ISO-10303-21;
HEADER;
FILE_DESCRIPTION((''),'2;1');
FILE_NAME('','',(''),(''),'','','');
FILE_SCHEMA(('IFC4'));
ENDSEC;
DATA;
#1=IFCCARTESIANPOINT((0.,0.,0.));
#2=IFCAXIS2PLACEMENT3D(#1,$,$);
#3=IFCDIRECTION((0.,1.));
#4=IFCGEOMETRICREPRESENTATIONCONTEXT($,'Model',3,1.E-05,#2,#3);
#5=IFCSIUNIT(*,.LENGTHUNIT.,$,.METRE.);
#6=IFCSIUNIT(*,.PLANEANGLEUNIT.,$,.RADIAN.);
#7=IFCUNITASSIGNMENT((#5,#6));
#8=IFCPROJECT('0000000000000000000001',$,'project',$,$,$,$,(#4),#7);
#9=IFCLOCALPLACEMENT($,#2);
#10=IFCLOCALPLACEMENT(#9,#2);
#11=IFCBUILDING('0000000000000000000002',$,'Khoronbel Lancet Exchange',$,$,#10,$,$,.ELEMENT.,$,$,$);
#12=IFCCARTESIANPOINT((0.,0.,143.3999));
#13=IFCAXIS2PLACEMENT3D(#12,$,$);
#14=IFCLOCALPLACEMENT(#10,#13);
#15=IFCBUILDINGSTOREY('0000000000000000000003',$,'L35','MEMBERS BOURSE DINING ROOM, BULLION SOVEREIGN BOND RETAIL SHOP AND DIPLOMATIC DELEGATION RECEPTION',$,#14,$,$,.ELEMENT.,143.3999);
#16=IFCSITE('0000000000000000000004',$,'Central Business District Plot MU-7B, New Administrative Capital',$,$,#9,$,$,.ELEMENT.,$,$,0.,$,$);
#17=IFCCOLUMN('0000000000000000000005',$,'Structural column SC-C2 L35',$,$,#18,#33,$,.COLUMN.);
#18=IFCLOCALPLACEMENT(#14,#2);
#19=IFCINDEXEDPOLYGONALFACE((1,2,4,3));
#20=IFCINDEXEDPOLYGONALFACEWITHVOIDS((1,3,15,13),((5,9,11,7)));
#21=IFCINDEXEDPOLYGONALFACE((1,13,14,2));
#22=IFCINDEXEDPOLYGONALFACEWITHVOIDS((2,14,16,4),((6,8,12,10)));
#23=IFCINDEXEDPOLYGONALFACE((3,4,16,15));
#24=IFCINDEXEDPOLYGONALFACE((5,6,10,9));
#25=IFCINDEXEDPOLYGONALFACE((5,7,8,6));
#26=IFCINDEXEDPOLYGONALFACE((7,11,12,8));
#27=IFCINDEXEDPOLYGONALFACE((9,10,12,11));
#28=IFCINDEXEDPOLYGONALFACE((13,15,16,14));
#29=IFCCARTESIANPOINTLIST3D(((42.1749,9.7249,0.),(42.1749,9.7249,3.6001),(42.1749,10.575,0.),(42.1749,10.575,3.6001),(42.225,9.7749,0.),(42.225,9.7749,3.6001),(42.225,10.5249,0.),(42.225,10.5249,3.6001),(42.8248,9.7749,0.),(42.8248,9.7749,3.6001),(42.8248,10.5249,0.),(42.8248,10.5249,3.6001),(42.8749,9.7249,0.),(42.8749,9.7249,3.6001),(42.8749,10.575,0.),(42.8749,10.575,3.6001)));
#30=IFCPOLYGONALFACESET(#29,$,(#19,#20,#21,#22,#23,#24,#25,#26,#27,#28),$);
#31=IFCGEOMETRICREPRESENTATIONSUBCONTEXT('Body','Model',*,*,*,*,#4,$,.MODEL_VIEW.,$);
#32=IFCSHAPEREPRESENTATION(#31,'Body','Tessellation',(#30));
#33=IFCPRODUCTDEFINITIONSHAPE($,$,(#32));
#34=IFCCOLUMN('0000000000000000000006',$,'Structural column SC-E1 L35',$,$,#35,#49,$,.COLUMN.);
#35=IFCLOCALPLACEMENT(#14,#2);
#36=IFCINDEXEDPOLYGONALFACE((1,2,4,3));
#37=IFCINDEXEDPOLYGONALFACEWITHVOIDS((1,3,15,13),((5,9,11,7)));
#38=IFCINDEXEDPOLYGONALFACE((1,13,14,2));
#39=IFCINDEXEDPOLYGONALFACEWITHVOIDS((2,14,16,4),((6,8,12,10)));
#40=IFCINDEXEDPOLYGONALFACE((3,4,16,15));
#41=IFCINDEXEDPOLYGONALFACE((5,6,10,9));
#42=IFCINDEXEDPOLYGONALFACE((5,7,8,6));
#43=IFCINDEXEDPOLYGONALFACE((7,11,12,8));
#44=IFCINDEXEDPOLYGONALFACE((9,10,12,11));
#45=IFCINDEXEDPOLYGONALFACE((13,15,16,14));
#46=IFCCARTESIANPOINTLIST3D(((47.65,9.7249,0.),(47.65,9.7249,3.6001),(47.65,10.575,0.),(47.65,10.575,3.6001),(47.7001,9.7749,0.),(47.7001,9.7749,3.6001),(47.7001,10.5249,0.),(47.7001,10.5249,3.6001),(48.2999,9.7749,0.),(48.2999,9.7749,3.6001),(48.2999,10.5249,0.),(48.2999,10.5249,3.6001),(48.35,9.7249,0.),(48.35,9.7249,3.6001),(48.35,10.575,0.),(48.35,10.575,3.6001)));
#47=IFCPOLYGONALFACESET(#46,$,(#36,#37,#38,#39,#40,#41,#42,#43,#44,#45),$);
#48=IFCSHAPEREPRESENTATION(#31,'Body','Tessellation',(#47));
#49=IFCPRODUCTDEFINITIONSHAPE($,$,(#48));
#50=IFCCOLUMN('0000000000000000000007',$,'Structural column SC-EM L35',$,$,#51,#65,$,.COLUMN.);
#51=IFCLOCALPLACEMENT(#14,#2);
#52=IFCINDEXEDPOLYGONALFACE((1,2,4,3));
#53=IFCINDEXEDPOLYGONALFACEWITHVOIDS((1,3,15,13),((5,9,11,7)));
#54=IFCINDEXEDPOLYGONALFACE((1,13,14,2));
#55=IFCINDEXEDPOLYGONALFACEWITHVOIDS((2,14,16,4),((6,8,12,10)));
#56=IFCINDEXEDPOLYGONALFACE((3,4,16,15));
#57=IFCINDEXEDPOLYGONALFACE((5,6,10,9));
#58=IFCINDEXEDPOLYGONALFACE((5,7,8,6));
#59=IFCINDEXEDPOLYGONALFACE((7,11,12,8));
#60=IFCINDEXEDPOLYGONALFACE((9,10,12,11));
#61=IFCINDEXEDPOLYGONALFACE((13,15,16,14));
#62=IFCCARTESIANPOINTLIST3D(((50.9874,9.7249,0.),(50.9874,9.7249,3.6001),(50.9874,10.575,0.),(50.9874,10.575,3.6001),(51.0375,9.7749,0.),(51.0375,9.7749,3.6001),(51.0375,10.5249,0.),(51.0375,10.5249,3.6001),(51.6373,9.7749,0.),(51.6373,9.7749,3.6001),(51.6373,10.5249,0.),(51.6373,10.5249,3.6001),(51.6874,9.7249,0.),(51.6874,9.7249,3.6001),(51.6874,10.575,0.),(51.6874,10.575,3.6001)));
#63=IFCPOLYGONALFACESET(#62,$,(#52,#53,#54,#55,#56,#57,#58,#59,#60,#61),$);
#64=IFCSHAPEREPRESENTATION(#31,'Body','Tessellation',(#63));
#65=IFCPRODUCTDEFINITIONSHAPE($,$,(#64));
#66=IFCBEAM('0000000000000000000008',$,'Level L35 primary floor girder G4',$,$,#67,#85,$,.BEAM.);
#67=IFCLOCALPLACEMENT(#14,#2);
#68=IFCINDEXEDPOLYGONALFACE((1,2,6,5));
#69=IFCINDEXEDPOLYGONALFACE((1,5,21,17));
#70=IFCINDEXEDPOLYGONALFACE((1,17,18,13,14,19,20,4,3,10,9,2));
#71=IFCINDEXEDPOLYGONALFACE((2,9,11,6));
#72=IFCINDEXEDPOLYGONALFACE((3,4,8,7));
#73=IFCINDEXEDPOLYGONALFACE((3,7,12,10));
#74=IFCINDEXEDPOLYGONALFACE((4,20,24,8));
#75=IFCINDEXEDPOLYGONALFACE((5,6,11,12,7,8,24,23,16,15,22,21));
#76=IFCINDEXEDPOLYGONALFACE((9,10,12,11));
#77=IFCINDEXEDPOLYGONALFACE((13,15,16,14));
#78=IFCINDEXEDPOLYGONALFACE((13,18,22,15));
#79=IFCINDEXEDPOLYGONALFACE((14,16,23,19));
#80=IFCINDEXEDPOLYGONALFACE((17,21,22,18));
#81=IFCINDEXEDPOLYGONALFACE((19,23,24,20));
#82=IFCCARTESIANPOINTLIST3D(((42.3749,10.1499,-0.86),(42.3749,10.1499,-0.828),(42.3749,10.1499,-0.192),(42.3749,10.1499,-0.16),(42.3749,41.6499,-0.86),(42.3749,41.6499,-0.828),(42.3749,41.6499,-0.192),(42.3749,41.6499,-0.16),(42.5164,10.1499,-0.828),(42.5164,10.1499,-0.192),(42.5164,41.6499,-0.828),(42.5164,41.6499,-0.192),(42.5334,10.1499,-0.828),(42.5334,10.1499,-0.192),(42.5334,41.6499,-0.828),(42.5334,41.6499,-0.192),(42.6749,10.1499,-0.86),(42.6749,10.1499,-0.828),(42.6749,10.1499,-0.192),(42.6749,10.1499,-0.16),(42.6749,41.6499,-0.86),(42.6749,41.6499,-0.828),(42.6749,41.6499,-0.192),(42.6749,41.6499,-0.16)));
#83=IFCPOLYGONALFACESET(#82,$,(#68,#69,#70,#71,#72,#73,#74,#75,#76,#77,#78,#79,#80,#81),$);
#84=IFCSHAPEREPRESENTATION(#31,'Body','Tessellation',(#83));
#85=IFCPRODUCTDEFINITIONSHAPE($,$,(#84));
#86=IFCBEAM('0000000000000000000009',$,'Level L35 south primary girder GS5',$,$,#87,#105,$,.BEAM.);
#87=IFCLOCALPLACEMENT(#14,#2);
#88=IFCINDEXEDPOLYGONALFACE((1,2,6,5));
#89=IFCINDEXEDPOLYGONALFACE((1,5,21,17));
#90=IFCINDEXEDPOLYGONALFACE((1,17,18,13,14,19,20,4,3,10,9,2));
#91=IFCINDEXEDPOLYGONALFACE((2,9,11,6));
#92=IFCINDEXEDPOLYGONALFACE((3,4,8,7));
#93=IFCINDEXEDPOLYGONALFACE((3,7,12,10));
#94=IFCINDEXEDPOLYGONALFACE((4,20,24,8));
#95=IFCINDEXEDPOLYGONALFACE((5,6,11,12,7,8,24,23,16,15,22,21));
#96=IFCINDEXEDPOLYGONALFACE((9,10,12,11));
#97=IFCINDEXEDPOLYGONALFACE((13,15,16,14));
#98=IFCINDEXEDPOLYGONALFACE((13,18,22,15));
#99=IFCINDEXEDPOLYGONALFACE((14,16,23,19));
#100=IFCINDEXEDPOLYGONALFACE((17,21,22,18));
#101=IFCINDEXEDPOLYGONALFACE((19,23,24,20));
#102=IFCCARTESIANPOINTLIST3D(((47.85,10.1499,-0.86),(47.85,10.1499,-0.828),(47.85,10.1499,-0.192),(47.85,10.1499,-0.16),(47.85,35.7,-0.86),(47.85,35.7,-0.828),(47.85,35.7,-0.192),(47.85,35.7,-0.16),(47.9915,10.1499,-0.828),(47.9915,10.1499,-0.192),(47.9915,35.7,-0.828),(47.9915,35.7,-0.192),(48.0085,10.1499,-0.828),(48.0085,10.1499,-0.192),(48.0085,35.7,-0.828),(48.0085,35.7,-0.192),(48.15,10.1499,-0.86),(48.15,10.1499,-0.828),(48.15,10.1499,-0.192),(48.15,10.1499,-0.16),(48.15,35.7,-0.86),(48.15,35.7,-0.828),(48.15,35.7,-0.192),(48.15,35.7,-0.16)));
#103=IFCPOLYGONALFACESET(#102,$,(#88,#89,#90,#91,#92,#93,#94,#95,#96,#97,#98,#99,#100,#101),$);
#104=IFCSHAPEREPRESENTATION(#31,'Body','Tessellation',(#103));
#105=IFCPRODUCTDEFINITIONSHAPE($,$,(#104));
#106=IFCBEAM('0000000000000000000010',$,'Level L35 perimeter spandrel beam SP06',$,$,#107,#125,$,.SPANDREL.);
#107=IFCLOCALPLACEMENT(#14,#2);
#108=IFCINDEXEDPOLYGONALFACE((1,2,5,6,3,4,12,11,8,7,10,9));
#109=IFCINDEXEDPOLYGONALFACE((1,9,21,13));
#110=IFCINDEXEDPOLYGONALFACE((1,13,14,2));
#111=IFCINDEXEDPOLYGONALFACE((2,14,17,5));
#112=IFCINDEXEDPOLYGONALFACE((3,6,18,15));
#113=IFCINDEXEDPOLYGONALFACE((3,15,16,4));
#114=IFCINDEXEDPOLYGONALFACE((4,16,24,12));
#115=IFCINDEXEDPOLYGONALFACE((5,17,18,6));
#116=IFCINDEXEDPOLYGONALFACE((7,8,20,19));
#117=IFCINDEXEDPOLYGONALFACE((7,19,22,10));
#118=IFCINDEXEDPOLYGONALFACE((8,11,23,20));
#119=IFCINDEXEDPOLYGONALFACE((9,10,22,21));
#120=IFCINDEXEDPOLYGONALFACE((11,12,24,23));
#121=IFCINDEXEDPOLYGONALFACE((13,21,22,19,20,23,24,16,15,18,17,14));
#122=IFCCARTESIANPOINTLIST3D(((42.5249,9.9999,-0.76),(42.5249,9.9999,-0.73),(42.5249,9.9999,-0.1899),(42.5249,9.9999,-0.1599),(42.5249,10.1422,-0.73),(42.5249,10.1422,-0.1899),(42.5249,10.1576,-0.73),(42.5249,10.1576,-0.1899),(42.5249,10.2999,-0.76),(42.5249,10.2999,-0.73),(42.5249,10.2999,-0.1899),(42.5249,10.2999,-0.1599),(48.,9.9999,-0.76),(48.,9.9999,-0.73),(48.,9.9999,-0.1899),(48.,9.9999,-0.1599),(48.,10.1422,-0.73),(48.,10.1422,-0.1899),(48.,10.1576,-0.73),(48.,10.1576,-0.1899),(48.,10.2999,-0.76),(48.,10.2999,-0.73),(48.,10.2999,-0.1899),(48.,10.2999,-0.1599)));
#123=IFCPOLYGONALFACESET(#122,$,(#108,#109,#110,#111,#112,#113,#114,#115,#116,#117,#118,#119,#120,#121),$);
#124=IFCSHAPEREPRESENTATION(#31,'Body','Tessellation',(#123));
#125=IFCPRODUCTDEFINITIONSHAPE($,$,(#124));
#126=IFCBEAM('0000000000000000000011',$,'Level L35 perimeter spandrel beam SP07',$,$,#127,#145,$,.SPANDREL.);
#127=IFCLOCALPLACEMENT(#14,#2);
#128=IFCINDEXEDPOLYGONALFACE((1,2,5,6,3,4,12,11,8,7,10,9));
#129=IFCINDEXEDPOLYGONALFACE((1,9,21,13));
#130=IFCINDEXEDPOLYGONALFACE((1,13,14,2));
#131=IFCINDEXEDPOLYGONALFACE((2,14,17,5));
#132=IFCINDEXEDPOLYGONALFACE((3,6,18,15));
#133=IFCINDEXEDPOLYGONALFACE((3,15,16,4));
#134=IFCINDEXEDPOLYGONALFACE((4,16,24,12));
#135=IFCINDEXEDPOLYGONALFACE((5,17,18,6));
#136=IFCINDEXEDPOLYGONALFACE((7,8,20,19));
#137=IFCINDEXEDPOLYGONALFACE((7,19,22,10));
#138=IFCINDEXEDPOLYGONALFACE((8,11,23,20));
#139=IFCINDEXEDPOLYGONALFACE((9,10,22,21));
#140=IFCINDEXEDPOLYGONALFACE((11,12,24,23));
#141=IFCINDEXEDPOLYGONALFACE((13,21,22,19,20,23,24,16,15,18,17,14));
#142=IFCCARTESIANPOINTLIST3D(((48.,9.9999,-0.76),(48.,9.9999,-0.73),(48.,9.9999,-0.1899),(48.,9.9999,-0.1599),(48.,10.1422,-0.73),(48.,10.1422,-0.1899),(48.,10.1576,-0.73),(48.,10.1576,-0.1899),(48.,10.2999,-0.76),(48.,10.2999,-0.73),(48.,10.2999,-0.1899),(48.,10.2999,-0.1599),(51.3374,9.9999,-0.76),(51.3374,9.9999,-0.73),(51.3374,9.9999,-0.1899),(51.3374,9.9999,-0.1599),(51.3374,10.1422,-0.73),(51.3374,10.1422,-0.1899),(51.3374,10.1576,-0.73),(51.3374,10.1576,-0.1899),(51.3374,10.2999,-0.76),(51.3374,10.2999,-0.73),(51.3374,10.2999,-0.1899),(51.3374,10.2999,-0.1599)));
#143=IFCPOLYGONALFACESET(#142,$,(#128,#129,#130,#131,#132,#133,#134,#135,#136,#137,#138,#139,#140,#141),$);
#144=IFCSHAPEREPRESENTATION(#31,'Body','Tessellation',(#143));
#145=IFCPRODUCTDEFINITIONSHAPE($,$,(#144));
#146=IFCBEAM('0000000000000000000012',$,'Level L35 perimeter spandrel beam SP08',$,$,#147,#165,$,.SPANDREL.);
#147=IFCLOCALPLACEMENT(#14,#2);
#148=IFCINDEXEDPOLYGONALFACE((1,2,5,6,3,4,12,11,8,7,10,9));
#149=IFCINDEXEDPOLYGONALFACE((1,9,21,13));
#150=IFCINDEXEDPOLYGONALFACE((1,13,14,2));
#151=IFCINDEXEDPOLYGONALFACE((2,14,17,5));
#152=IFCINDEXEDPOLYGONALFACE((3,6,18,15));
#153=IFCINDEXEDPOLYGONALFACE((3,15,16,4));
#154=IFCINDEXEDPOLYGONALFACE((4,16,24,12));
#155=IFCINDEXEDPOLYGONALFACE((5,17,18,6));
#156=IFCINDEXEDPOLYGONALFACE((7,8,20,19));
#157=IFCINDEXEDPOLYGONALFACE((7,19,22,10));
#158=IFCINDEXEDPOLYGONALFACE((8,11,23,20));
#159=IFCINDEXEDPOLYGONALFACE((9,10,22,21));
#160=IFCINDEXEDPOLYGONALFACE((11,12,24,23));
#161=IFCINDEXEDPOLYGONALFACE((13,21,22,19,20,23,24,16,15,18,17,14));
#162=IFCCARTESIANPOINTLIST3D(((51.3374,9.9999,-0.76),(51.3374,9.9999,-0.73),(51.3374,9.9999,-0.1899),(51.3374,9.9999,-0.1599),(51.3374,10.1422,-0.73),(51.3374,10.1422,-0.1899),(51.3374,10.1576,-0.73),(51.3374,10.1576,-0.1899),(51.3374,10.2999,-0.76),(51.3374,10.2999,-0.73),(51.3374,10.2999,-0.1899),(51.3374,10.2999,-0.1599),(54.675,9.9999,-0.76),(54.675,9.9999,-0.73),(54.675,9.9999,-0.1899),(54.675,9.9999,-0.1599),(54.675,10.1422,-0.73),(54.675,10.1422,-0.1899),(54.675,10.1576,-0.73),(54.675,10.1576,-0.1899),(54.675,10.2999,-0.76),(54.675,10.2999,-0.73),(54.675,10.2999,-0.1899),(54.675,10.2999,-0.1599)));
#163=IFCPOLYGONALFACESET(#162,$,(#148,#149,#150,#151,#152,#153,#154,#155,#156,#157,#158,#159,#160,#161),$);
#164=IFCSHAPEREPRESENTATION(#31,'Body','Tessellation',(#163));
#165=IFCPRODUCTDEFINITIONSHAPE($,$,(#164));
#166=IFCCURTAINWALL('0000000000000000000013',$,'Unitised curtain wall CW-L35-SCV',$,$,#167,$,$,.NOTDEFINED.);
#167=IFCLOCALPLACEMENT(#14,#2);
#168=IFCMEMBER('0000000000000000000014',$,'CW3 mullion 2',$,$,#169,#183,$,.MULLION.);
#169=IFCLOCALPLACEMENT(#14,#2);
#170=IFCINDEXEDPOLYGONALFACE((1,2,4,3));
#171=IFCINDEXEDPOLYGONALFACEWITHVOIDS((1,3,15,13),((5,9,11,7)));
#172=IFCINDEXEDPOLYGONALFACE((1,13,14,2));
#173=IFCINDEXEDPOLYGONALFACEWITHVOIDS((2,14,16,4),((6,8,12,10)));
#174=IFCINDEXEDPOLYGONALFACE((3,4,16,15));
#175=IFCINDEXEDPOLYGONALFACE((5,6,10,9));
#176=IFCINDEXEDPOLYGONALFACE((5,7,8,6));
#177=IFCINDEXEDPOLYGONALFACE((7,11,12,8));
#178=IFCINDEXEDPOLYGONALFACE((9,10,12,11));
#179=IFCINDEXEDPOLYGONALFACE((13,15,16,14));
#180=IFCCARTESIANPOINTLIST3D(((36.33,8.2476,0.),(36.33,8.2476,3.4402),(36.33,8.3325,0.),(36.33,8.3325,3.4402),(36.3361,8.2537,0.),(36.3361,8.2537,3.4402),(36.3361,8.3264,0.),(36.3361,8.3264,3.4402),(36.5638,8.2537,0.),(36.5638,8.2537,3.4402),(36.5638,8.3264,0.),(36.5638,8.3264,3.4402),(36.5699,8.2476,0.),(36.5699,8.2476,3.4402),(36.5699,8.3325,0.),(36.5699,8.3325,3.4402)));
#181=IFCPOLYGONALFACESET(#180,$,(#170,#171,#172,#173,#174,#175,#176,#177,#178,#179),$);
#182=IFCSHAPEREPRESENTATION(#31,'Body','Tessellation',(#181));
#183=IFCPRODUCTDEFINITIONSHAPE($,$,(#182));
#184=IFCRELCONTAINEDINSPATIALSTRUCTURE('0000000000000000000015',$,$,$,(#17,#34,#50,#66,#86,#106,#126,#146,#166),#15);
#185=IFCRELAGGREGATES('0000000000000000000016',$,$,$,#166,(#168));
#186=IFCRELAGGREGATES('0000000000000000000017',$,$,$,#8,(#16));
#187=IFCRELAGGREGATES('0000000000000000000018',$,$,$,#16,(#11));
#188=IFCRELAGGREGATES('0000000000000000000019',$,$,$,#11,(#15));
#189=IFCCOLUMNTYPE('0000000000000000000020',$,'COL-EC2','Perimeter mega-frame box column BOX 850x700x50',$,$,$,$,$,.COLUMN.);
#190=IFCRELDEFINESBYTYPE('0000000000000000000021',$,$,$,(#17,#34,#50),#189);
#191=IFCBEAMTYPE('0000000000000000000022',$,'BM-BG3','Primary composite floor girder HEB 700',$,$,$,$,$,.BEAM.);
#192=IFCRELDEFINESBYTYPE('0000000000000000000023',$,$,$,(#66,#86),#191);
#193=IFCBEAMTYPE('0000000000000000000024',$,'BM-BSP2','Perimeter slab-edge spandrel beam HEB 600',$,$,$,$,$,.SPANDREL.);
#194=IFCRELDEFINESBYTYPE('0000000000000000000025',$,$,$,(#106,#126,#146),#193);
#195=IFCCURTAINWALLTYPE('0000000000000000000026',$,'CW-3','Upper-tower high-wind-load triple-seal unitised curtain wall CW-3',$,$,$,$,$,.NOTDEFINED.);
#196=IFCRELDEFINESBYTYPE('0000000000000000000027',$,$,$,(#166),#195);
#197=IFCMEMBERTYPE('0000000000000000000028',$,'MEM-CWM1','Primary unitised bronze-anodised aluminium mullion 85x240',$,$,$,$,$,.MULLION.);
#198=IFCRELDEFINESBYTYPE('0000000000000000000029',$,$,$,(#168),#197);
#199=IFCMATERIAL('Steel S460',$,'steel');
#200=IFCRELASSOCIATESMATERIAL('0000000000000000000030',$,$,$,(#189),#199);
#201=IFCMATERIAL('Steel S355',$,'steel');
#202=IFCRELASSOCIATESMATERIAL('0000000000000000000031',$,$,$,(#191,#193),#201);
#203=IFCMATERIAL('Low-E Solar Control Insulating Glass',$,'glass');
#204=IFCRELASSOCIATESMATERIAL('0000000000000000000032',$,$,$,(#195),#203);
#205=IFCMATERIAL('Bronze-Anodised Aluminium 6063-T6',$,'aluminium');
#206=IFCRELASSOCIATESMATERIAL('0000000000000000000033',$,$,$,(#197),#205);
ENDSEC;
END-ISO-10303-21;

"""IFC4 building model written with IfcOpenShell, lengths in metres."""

from ifc_helpers import new_model, si_unit, direction, frame, origin, origin_2d, place, context, subcontext, project, spatial, hollow_rectangle, i_section, extrude, material, material_profile, profile_set, type_object, element, aggregate, save


model = new_model("IFC4")

# Units and contexts
model_context = context("Model", 3, precision=1e-05, world=origin(), true_north=direction((0.0, 1.0)))
body_context = subcontext(model_context, "Body", "Model", "MODEL_VIEW")
ifc_project = project(units=[si_unit("LENGTHUNIT", "METRE"), si_unit("PLANEANGLEUNIT", "RADIAN")], contexts=[model_context])

# Site, building, storey
site_placement = place(None, origin())
site = spatial("IfcSite", under=ifc_project, at=site_placement, Name="Central Business District Plot MU-7B, New Administrative Capital", CompositionType="ELEMENT", RefElevation=0.0)
building_placement = place(site_placement, origin())
building = spatial("IfcBuilding", under=site, at=building_placement, Name="Khoronbel Lancet Exchange", CompositionType="ELEMENT")
storey_placement = place(building_placement, frame((0.0, 0.0, 143.3999)))
storey = spatial("IfcBuildingStorey", under=building, at=storey_placement, Name="L35", Description="MEMBERS BOURSE DINING ROOM, BULLION SOVEREIGN BOND RETAIL SHOP AND DIPLOMATIC DELEGATION RECEPTION", CompositionType="ELEMENT", Elevation=143.3999)

# Columns
ifc_material_1 = material(Name="Steel S460", Category="steel")
ifc_material_profile_1 = material_profile(ifc_material_1, hollow_rectangle(XDim=0.7, YDim=0.8501, WallThickness=0.05, at=origin_2d()), Name="BOX 850x700x50")
ifc_profile_set_1 = profile_set([ifc_material_profile_1], Name="Steel S460")
column_type = type_object("IfcColumnType", Name="COL-EC2", Description="Perimeter mega-frame box column BOX 850x700x50", PredefinedType="COLUMN", material=ifc_profile_set_1)
for number, where, z_axis, x_axis, name in (
    (1, (42.5249, 10.1499, 0.0), (0.0, 0.0, 1.0), (1.0, 0.0, 0.0), "Structural column SC-C2 L35"),
    (2, (48.0, 10.1499, 0.0), (0.0, 0.0, 1.0), (1.0, 0.0, 0.0), "Structural column SC-E1 L35"),
    (3, (51.3374, 10.1499, 0.0), (0.0, 0.0, 1.0), (1.0, 0.0, 0.0), "Structural column SC-EM L35"),
):
    element("IfcColumn", number, at=place(storey_placement, frame(where, z_axis=z_axis, x_axis=x_axis)), inside=storey, type_object=column_type, Name=name, PredefinedType="COLUMN", context=body_context, shape_type="SweptSolid", body=[
        extrude(hollow_rectangle(XDim=0.7, YDim=0.8501, WallThickness=0.05, at=origin_2d()), origin(), (0.0, 0.0, 1.0), 3.6001),
    ])

# Beams
ifc_material_2 = material(Name="Steel S355", Category="steel")
ifc_material_profile_2 = material_profile(ifc_material_2, i_section(OverallWidth=0.3, OverallDepth=0.7, WebThickness=0.0171, FlangeThickness=0.032, at=origin_2d()), Name="HEB 700")
ifc_profile_set_2 = profile_set([ifc_material_profile_2], Name="Steel S355")
beam_type_1 = type_object("IfcBeamType", Name="BM-BG3", Description="Primary composite floor girder HEB 700", PredefinedType="BEAM", material=ifc_profile_set_2)
beam_1_placement = place(storey_placement, frame((42.5249, 10.1499, -0.51), z_axis=(0.0, 1.0, 0.0), x_axis=(-1.0, 0.0, 0.0)))
element("IfcBeam", 4, at=beam_1_placement, inside=storey, type_object=beam_type_1, Name="Level L35 primary floor girder G4", PredefinedType="BEAM", context=body_context, shape_type="SweptSolid", body=[
    extrude(i_section(OverallWidth=0.3, OverallDepth=0.7, WebThickness=0.0171, FlangeThickness=0.032, at=origin_2d()), origin(), (0.0, 0.0, 1.0), 31.5),
])
beam_2_placement = place(storey_placement, frame((48.0, 10.1499, -0.51), z_axis=(0.0, 1.0, 0.0), x_axis=(-1.0, 0.0, 0.0)))
element("IfcBeam", 5, at=beam_2_placement, inside=storey, type_object=beam_type_1, Name="Level L35 south primary girder GS5", PredefinedType="BEAM", context=body_context, shape_type="SweptSolid", body=[
    extrude(i_section(OverallWidth=0.3, OverallDepth=0.7, WebThickness=0.0171, FlangeThickness=0.032, at=origin_2d()), origin(), (0.0, 0.0, 1.0), 25.55),
])
ifc_material_profile_3 = material_profile(ifc_material_2, i_section(OverallWidth=0.3, OverallDepth=0.6001, WebThickness=0.0154, FlangeThickness=0.03, at=origin_2d()), Name="HEB 600")
ifc_profile_set_3 = profile_set([ifc_material_profile_3], Name="Steel S355")
beam_type_2 = type_object("IfcBeamType", Name="BM-BSP2", Description="Perimeter slab-edge spandrel beam HEB 600", PredefinedType="SPANDREL", material=ifc_profile_set_3)
beam_3_placement = place(storey_placement, frame((42.5249, 10.1499, -0.46), z_axis=(1.0, 0.0, 0.0), x_axis=(0.0, 1.0, 0.0)))
element("IfcBeam", 6, at=beam_3_placement, inside=storey, type_object=beam_type_2, Name="Level L35 perimeter spandrel beam SP06", PredefinedType="SPANDREL", context=body_context, shape_type="SweptSolid", body=[
    extrude(i_section(OverallWidth=0.3, OverallDepth=0.6001, WebThickness=0.0154, FlangeThickness=0.03, at=origin_2d()), origin(), (0.0, 0.0, 1.0), 5.4751),
])
beam_4_placement = place(storey_placement, frame((48.0, 10.1499, -0.46), z_axis=(1.0, 0.0, 0.0), x_axis=(0.0, 1.0, 0.0)))
element("IfcBeam", 7, at=beam_4_placement, inside=storey, type_object=beam_type_2, Name="Level L35 perimeter spandrel beam SP07", PredefinedType="SPANDREL", context=body_context, shape_type="SweptSolid", body=[
    extrude(i_section(OverallWidth=0.3, OverallDepth=0.6001, WebThickness=0.0154, FlangeThickness=0.03, at=origin_2d()), origin(), (0.0, 0.0, 1.0), 3.3374),
])
beam_5_placement = place(storey_placement, frame((51.3374, 10.1499, -0.46), z_axis=(1.0, 0.0, 0.0), x_axis=(0.0, 1.0, 0.0)))
element("IfcBeam", 8, at=beam_5_placement, inside=storey, type_object=beam_type_2, Name="Level L35 perimeter spandrel beam SP08", PredefinedType="SPANDREL", context=body_context, shape_type="SweptSolid", body=[
    extrude(i_section(OverallWidth=0.3, OverallDepth=0.6001, WebThickness=0.0154, FlangeThickness=0.03, at=origin_2d()), origin(), (0.0, 0.0, 1.0), 3.3376),
])

# Curtain wall, member
ifc_material_3 = material(Name="Low-E Solar Control Insulating Glass", Category="glass")
curtain_wall_type = type_object("IfcCurtainWallType", Name="CW-3", Description="Upper-tower high-wind-load triple-seal unitised curtain wall CW-3", PredefinedType="NOTDEFINED", material=ifc_material_3)
curtain_wall_1_placement = place(storey_placement, origin())
curtain_wall_1 = element("IfcCurtainWall", 9, at=curtain_wall_1_placement, inside=storey, type_object=curtain_wall_type, Name="Unitised curtain wall CW-L35-SCV", PredefinedType="NOTDEFINED")
ifc_material_4 = material(Name="Bronze-Anodised Aluminium 6063-T6", Category="aluminium")
ifc_material_profile_4 = material_profile(ifc_material_4, hollow_rectangle(XDim=0.085, YDim=0.24, WallThickness=0.0061, at=origin_2d()), Name="ALU MULLION 85x240")
ifc_profile_set_4 = profile_set([ifc_material_profile_4], Name="Bronze-Anodised Aluminium 6063-T6")
member_type_1 = type_object("IfcMemberType", Name="MEM-CWM1", Description="Primary unitised bronze-anodised aluminium mullion 85x240", PredefinedType="MULLION", material=ifc_profile_set_4)
member_1_placement = place(storey_placement, frame((36.45, 8.29, 0.0), z_axis=(0.0, 0.0, 1.0), x_axis=(0.0, 1.0, 0.0)))
member_1 = element("IfcMember", 10, at=member_1_placement, type_object=member_type_1, Name="CW3 mullion 2", PredefinedType="MULLION", context=body_context, shape_type="SweptSolid", body=[
    extrude(hollow_rectangle(XDim=0.085, YDim=0.24, WallThickness=0.0061, at=origin_2d()), origin(), (0.0, 0.0, 1.0), 3.4402),
])

aggregate(curtain_wall_1, [member_1])

save(model, "model.ifc")
